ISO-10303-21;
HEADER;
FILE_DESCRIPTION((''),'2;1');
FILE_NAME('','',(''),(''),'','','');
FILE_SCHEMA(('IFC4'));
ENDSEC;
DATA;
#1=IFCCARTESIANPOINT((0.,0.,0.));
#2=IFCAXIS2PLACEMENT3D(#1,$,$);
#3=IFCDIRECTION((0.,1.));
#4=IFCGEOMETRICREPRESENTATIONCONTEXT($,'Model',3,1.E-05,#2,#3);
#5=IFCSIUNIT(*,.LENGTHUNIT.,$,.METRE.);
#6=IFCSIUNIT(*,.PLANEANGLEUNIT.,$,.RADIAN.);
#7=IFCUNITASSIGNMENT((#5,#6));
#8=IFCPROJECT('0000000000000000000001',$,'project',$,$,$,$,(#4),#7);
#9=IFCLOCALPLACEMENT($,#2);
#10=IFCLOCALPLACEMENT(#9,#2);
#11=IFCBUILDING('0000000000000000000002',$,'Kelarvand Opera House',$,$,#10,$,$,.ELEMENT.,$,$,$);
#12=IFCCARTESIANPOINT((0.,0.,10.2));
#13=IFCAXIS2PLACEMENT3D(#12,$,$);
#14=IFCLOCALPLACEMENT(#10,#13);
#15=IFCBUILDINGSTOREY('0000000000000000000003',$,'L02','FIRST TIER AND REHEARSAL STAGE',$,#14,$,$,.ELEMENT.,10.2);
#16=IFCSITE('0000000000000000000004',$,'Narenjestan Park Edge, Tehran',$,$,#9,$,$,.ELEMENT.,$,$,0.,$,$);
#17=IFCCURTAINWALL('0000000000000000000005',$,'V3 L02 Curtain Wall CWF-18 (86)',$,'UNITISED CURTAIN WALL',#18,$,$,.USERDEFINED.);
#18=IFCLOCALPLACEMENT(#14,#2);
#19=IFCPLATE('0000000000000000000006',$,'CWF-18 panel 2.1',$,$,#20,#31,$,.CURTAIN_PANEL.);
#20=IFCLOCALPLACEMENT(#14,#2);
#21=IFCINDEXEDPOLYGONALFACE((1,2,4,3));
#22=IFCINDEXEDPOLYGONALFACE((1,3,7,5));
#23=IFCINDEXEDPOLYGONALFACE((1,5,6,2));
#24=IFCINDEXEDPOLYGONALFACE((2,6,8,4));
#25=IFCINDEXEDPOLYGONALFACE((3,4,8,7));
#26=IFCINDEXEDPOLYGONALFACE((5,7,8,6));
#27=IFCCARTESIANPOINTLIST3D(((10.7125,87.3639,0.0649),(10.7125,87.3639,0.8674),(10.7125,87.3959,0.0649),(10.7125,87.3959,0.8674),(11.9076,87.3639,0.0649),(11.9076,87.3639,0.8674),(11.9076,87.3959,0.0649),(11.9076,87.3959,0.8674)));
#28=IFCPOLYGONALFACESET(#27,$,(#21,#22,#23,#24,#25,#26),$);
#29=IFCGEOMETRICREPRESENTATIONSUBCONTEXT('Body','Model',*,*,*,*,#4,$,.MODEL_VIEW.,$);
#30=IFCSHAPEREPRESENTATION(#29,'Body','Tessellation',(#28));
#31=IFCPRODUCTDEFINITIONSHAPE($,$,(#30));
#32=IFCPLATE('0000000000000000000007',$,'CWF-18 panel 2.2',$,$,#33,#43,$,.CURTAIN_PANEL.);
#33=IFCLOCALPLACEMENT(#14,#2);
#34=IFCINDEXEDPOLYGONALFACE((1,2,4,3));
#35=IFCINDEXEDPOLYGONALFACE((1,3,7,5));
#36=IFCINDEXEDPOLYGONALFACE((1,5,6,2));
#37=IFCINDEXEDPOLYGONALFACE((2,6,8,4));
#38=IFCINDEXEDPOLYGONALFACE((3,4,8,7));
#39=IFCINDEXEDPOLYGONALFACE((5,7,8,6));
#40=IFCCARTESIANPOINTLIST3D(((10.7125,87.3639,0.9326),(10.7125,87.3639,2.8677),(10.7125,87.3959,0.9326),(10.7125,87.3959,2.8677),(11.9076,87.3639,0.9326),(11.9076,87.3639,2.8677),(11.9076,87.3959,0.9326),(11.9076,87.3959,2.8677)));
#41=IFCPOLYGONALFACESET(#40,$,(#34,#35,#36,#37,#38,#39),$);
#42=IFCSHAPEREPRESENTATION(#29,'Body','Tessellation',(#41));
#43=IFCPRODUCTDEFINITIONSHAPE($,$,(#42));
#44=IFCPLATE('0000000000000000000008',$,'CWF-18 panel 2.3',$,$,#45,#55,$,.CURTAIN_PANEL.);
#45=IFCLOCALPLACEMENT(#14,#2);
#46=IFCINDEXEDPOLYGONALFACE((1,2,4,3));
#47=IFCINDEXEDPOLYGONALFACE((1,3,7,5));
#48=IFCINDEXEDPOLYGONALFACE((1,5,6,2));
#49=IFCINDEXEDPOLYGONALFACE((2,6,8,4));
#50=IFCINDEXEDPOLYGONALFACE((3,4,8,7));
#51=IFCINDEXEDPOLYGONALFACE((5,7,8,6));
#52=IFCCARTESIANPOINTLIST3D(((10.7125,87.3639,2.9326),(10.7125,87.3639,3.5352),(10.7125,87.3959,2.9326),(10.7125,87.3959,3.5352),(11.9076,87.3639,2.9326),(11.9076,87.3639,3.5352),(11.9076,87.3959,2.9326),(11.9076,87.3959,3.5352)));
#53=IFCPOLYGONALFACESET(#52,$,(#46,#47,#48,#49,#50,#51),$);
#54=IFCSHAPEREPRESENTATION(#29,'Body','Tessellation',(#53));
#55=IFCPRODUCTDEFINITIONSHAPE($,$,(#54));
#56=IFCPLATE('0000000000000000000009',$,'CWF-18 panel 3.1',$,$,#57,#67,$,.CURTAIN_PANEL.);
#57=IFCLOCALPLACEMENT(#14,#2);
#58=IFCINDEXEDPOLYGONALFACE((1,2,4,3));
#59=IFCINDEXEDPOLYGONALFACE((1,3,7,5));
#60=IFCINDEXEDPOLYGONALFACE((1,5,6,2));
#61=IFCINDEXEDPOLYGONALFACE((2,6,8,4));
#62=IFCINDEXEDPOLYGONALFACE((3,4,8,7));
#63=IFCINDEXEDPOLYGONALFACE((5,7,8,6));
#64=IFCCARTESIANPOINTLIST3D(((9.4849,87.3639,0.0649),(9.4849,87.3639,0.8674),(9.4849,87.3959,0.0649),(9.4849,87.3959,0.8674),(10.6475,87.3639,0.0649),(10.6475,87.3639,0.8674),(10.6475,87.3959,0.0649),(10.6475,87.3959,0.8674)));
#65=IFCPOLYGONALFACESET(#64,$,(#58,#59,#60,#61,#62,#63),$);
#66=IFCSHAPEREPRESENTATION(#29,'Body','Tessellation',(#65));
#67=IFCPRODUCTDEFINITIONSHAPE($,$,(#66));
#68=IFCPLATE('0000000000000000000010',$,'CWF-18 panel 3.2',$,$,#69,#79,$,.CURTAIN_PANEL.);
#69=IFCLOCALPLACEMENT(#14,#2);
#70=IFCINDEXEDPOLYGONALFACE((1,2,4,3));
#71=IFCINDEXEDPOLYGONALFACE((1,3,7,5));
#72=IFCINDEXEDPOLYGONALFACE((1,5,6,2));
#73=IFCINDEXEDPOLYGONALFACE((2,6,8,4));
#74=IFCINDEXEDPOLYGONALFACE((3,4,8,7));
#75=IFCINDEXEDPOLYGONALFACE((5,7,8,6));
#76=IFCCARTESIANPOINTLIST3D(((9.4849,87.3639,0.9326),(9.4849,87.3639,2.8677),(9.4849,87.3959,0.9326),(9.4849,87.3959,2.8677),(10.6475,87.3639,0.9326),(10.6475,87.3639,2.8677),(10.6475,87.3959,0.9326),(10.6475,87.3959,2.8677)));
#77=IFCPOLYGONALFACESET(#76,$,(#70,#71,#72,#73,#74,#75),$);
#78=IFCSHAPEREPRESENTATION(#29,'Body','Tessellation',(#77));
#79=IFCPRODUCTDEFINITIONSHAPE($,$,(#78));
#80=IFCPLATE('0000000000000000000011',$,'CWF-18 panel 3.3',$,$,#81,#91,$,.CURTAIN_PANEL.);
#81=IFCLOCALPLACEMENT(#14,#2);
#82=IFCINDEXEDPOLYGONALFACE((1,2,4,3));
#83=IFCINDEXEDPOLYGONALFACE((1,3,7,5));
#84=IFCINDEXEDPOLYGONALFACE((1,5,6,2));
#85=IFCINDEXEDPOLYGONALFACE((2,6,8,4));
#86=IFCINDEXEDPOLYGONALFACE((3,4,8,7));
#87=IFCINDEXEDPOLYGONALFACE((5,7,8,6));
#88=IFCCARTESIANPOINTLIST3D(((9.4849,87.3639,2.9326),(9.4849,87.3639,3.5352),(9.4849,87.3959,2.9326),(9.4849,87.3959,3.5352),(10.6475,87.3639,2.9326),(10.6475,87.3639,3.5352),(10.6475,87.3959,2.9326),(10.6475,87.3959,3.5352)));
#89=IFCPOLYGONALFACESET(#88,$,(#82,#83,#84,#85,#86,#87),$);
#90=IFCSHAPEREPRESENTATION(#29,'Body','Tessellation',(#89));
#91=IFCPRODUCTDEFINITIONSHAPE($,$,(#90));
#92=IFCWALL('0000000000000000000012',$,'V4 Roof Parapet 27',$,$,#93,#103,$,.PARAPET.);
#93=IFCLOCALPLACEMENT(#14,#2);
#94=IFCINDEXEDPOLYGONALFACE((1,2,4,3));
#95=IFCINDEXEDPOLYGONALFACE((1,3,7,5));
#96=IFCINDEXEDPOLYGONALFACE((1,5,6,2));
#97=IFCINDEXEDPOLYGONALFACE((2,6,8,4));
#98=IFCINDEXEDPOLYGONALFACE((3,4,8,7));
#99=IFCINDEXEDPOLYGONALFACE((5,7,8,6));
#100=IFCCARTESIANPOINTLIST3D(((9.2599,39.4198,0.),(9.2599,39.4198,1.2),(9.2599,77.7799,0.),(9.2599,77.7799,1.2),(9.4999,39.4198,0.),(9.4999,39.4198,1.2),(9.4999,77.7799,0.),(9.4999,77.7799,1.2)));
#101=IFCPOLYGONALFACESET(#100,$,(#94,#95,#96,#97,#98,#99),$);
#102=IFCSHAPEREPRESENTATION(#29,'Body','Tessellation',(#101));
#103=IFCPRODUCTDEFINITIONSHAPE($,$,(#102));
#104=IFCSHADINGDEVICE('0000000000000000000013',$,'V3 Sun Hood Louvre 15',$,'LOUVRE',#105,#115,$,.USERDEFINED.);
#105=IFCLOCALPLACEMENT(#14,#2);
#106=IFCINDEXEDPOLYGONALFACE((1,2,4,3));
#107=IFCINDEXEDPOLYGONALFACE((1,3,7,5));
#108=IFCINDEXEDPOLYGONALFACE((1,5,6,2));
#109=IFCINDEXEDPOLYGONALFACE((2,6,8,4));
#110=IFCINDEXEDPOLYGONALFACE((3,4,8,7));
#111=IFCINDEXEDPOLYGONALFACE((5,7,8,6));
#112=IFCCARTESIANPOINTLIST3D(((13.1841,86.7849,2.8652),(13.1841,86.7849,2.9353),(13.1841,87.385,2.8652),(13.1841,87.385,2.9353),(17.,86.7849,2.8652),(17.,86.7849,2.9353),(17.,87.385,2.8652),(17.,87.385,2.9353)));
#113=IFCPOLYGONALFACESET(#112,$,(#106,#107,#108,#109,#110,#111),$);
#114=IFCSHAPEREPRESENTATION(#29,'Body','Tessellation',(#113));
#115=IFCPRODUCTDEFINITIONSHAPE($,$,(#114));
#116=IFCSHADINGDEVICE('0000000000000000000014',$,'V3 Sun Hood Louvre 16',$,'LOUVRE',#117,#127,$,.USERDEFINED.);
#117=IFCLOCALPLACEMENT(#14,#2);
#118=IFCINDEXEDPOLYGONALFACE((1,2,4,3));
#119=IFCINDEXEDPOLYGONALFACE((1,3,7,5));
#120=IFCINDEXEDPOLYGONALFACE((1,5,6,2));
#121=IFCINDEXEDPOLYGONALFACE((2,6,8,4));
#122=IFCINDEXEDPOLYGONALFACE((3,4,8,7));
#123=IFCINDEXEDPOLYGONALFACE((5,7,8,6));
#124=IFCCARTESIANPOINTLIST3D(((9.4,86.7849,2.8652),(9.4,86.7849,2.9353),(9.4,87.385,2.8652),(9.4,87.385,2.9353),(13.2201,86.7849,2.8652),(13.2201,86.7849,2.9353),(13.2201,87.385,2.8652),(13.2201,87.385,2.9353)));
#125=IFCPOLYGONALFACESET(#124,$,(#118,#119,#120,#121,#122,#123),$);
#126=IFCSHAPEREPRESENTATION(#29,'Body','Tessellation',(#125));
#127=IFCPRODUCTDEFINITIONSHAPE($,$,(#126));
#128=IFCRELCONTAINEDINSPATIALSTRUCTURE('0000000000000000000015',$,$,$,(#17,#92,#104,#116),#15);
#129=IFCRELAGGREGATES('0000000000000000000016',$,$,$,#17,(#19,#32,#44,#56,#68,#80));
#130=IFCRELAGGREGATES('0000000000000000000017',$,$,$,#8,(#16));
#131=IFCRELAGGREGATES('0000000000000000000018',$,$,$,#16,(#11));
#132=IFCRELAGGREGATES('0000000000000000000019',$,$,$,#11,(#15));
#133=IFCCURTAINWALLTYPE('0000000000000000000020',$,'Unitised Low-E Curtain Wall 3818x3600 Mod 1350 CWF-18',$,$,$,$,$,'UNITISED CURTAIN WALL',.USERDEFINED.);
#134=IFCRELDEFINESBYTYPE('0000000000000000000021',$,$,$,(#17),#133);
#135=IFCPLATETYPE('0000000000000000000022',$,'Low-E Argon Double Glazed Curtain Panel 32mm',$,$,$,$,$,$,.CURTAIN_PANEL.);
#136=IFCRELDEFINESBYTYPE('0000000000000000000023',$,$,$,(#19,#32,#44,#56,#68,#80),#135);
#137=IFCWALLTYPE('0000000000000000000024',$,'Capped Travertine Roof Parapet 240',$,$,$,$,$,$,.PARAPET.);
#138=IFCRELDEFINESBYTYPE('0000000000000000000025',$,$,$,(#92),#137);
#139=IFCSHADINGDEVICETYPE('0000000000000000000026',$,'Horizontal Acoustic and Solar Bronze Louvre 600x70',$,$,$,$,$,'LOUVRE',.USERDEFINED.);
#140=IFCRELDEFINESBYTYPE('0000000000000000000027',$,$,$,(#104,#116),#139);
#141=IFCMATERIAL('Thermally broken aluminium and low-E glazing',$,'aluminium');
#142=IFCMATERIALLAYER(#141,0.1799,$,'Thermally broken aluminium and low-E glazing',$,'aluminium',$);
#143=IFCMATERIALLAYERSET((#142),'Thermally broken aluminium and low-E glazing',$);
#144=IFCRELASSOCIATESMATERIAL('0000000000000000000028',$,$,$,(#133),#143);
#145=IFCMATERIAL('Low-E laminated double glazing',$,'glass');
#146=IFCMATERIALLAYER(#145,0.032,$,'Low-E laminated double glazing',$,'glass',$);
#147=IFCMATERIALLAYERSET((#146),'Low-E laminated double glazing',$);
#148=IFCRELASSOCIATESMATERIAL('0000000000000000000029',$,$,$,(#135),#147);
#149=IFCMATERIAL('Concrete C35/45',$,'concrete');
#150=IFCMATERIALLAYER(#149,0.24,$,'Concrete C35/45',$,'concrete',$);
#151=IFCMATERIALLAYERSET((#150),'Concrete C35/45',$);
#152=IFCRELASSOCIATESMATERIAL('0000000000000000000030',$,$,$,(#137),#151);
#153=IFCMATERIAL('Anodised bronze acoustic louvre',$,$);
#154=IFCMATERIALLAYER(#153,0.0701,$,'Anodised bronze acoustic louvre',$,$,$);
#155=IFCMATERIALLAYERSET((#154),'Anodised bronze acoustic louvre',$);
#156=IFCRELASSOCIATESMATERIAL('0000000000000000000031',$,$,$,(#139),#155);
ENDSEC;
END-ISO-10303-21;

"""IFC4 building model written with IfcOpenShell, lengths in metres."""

from ifc_helpers import new_model, si_unit, direction, frame, frame_2d, origin, origin_2d, place, context, subcontext, project, spatial, rectangle, extrude, material, layer, layer_set, type_object, element, aggregate, save


model = new_model("IFC4")

# Units and contexts
model_context = context("Model", 3, precision=1e-05, world=origin(), true_north=direction((0.0, 1.0)))
body_context = subcontext(model_context, "Body", "Model", "MODEL_VIEW")
ifc_project = project(units=[si_unit("LENGTHUNIT", "METRE"), si_unit("PLANEANGLEUNIT", "RADIAN")], contexts=[model_context])

# Site, building, storey
site_placement = place(None, origin())
site = spatial("IfcSite", under=ifc_project, at=site_placement, Name="Narenjestan Park Edge, Tehran", CompositionType="ELEMENT", RefElevation=0.0)
building_placement = place(site_placement, origin())
building = spatial("IfcBuilding", under=site, at=building_placement, Name="Kelarvand Opera House", CompositionType="ELEMENT")
storey_placement = place(building_placement, frame((0.0, 0.0, 10.2)))
storey = spatial("IfcBuildingStorey", under=building, at=storey_placement, Name="L02", Description="FIRST TIER AND REHEARSAL STAGE", CompositionType="ELEMENT", Elevation=10.2)

# Curtain wall
ifc_material_1 = material(Name="Thermally broken aluminium and low-E glazing", Category="aluminium")
ifc_layer_1 = layer(ifc_material_1, 0.1799, Name="Thermally broken aluminium and low-E glazing", Category="aluminium")
ifc_layer_set_1 = layer_set([ifc_layer_1], Name="Thermally broken aluminium and low-E glazing")
curtain_wall_type = type_object("IfcCurtainWallType", Name="Unitised Low-E Curtain Wall 3818x3600 Mod 1350 CWF-18", ElementType="UNITISED CURTAIN WALL", PredefinedType="USERDEFINED", material=ifc_layer_set_1)
curtain_wall_placement = place(storey_placement, origin())
curtain_wall = element("IfcCurtainWall", 1, at=curtain_wall_placement, inside=storey, type_object=curtain_wall_type, Name="V3 L02 Curtain Wall CWF-18 (86)", ObjectType="UNITISED CURTAIN WALL", PredefinedType="USERDEFINED")

# Plates
ifc_material_2 = material(Name="Low-E laminated double glazing", Category="glass")
ifc_layer_2 = layer(ifc_material_2, 0.032, Name="Low-E laminated double glazing", Category="glass")
ifc_layer_set_2 = layer_set([ifc_layer_2], Name="Low-E laminated double glazing")
plate_type = type_object("IfcPlateType", Name="Low-E Argon Double Glazed Curtain Panel 32mm", PredefinedType="CURTAIN_PANEL", material=ifc_layer_set_2)
plate_1_placement = place(storey_placement, frame((11.3101, 87.3799, 0.0649), z_axis=(0.0, 0.0, 1.0), x_axis=(-1.0, 0.0, 0.0)))
plate_1 = element("IfcPlate", 2, at=plate_1_placement, type_object=plate_type, Name="CWF-18 panel 2.1", PredefinedType="CURTAIN_PANEL", context=body_context, shape_type="SweptSolid", body=[
    extrude(rectangle(XDim=1.1951, YDim=0.032, at=origin_2d()), origin(), (0.0, 0.0, 1.0), 0.8025),
])
plate_2_placement = place(storey_placement, frame((11.3101, 87.3799, 0.9326), z_axis=(0.0, 0.0, 1.0), x_axis=(-1.0, 0.0, 0.0)))
plate_2 = element("IfcPlate", 3, at=plate_2_placement, type_object=plate_type, Name="CWF-18 panel 2.2", PredefinedType="CURTAIN_PANEL", context=body_context, shape_type="SweptSolid", body=[
    extrude(rectangle(XDim=1.1951, YDim=0.032, at=origin_2d()), origin(), (0.0, 0.0, 1.0), 1.9351),
])
plate_3_placement = place(storey_placement, frame((11.3101, 87.3799, 2.9326), z_axis=(0.0, 0.0, 1.0), x_axis=(-1.0, 0.0, 0.0)))
plate_3 = element("IfcPlate", 4, at=plate_3_placement, type_object=plate_type, Name="CWF-18 panel 2.3", PredefinedType="CURTAIN_PANEL", context=body_context, shape_type="SweptSolid", body=[
    extrude(rectangle(XDim=1.1951, YDim=0.032, at=origin_2d()), origin(), (0.0, 0.0, 1.0), 0.6025),
])
plate_4_placement = place(storey_placement, frame((10.0662, 87.3799, 0.0649), z_axis=(0.0, 0.0, 1.0), x_axis=(-1.0, 0.0, 0.0)))
plate_4 = element("IfcPlate", 5, at=plate_4_placement, type_object=plate_type, Name="CWF-18 panel 3.1", PredefinedType="CURTAIN_PANEL", context=body_context, shape_type="SweptSolid", body=[
    extrude(rectangle(XDim=1.1626, YDim=0.032, at=origin_2d()), origin(), (0.0, 0.0, 1.0), 0.8025),
])
plate_5_placement = place(storey_placement, frame((10.0662, 87.3799, 0.9326), z_axis=(0.0, 0.0, 1.0), x_axis=(-1.0, 0.0, 0.0)))
plate_5 = element("IfcPlate", 6, at=plate_5_placement, type_object=plate_type, Name="CWF-18 panel 3.2", PredefinedType="CURTAIN_PANEL", context=body_context, shape_type="SweptSolid", body=[
    extrude(rectangle(XDim=1.1626, YDim=0.032, at=origin_2d()), origin(), (0.0, 0.0, 1.0), 1.9351),
])
plate_6_placement = place(storey_placement, frame((10.0662, 87.3799, 2.9326), z_axis=(0.0, 0.0, 1.0), x_axis=(-1.0, 0.0, 0.0)))
plate_6 = element("IfcPlate", 7, at=plate_6_placement, type_object=plate_type, Name="CWF-18 panel 3.3", PredefinedType="CURTAIN_PANEL", context=body_context, shape_type="SweptSolid", body=[
    extrude(rectangle(XDim=1.1626, YDim=0.032, at=origin_2d()), origin(), (0.0, 0.0, 1.0), 0.6025),
])
aggregate(curtain_wall, [plate_1, plate_2, plate_3, plate_4, plate_5, plate_6])

# Wall
ifc_material_3 = material(Name="Concrete C35/45", Category="concrete")
ifc_layer_3 = layer(ifc_material_3, 0.24, Name="Concrete C35/45", Category="concrete")
ifc_layer_set_3 = layer_set([ifc_layer_3], Name="Concrete C35/45")
wall_type = type_object("IfcWallType", Name="Capped Travertine Roof Parapet 240", PredefinedType="PARAPET", material=ifc_layer_set_3)
wall_placement = place(storey_placement, frame((9.3799, 77.78, 0.0), z_axis=(0.0, 0.0, 1.0), x_axis=(0.0, -1.0, 0.0)))
element("IfcWall", 8, at=wall_placement, inside=storey, type_object=wall_type, Name="V4 Roof Parapet 27", PredefinedType="PARAPET", context=body_context, shape_type="SweptSolid", body=[
    extrude(rectangle(XDim=38.3601, YDim=0.24, at=frame_2d((19.1802, 0.0))), origin(), (0.0, 0.0, 1.0), 1.2),
])

# Shading devices
ifc_material_4 = material(Name="Anodised bronze acoustic louvre")
ifc_layer_4 = layer(ifc_material_4, 0.0701, Name="Anodised bronze acoustic louvre")
ifc_layer_set_4 = layer_set([ifc_layer_4], Name="Anodised bronze acoustic louvre")
shading_device_type = type_object("IfcShadingDeviceType", Name="Horizontal Acoustic and Solar Bronze Louvre 600x70", ElementType="LOUVRE", PredefinedType="USERDEFINED", material=ifc_layer_set_4)
shading_device_1_placement = place(storey_placement, frame((15.092, 87.085, 2.8652), z_axis=(0.0, 0.0, 1.0), x_axis=(-1.0, 0.0, 0.0)))
element("IfcShadingDevice", 9, at=shading_device_1_placement, inside=storey, type_object=shading_device_type, Name="V3 Sun Hood Louvre 15", ObjectType="LOUVRE", PredefinedType="USERDEFINED", context=body_context, shape_type="SweptSolid", body=[
    extrude(rectangle(XDim=3.8159, YDim=0.6001, at=origin_2d()), origin(), (0.0, 0.0, 1.0), 0.0701),
])
shading_device_2_placement = place(storey_placement, frame((11.3101, 87.085, 2.8652), z_axis=(0.0, 0.0, 1.0), x_axis=(-1.0, 0.0, 0.0)))
element("IfcShadingDevice", 10, at=shading_device_2_placement, inside=storey, type_object=shading_device_type, Name="V3 Sun Hood Louvre 16", ObjectType="LOUVRE", PredefinedType="USERDEFINED", context=body_context, shape_type="SweptSolid", body=[
    extrude(rectangle(XDim=3.8201, YDim=0.6001, at=origin_2d()), origin(), (0.0, 0.0, 1.0), 0.0701),
])

save(model, "model.ifc")
